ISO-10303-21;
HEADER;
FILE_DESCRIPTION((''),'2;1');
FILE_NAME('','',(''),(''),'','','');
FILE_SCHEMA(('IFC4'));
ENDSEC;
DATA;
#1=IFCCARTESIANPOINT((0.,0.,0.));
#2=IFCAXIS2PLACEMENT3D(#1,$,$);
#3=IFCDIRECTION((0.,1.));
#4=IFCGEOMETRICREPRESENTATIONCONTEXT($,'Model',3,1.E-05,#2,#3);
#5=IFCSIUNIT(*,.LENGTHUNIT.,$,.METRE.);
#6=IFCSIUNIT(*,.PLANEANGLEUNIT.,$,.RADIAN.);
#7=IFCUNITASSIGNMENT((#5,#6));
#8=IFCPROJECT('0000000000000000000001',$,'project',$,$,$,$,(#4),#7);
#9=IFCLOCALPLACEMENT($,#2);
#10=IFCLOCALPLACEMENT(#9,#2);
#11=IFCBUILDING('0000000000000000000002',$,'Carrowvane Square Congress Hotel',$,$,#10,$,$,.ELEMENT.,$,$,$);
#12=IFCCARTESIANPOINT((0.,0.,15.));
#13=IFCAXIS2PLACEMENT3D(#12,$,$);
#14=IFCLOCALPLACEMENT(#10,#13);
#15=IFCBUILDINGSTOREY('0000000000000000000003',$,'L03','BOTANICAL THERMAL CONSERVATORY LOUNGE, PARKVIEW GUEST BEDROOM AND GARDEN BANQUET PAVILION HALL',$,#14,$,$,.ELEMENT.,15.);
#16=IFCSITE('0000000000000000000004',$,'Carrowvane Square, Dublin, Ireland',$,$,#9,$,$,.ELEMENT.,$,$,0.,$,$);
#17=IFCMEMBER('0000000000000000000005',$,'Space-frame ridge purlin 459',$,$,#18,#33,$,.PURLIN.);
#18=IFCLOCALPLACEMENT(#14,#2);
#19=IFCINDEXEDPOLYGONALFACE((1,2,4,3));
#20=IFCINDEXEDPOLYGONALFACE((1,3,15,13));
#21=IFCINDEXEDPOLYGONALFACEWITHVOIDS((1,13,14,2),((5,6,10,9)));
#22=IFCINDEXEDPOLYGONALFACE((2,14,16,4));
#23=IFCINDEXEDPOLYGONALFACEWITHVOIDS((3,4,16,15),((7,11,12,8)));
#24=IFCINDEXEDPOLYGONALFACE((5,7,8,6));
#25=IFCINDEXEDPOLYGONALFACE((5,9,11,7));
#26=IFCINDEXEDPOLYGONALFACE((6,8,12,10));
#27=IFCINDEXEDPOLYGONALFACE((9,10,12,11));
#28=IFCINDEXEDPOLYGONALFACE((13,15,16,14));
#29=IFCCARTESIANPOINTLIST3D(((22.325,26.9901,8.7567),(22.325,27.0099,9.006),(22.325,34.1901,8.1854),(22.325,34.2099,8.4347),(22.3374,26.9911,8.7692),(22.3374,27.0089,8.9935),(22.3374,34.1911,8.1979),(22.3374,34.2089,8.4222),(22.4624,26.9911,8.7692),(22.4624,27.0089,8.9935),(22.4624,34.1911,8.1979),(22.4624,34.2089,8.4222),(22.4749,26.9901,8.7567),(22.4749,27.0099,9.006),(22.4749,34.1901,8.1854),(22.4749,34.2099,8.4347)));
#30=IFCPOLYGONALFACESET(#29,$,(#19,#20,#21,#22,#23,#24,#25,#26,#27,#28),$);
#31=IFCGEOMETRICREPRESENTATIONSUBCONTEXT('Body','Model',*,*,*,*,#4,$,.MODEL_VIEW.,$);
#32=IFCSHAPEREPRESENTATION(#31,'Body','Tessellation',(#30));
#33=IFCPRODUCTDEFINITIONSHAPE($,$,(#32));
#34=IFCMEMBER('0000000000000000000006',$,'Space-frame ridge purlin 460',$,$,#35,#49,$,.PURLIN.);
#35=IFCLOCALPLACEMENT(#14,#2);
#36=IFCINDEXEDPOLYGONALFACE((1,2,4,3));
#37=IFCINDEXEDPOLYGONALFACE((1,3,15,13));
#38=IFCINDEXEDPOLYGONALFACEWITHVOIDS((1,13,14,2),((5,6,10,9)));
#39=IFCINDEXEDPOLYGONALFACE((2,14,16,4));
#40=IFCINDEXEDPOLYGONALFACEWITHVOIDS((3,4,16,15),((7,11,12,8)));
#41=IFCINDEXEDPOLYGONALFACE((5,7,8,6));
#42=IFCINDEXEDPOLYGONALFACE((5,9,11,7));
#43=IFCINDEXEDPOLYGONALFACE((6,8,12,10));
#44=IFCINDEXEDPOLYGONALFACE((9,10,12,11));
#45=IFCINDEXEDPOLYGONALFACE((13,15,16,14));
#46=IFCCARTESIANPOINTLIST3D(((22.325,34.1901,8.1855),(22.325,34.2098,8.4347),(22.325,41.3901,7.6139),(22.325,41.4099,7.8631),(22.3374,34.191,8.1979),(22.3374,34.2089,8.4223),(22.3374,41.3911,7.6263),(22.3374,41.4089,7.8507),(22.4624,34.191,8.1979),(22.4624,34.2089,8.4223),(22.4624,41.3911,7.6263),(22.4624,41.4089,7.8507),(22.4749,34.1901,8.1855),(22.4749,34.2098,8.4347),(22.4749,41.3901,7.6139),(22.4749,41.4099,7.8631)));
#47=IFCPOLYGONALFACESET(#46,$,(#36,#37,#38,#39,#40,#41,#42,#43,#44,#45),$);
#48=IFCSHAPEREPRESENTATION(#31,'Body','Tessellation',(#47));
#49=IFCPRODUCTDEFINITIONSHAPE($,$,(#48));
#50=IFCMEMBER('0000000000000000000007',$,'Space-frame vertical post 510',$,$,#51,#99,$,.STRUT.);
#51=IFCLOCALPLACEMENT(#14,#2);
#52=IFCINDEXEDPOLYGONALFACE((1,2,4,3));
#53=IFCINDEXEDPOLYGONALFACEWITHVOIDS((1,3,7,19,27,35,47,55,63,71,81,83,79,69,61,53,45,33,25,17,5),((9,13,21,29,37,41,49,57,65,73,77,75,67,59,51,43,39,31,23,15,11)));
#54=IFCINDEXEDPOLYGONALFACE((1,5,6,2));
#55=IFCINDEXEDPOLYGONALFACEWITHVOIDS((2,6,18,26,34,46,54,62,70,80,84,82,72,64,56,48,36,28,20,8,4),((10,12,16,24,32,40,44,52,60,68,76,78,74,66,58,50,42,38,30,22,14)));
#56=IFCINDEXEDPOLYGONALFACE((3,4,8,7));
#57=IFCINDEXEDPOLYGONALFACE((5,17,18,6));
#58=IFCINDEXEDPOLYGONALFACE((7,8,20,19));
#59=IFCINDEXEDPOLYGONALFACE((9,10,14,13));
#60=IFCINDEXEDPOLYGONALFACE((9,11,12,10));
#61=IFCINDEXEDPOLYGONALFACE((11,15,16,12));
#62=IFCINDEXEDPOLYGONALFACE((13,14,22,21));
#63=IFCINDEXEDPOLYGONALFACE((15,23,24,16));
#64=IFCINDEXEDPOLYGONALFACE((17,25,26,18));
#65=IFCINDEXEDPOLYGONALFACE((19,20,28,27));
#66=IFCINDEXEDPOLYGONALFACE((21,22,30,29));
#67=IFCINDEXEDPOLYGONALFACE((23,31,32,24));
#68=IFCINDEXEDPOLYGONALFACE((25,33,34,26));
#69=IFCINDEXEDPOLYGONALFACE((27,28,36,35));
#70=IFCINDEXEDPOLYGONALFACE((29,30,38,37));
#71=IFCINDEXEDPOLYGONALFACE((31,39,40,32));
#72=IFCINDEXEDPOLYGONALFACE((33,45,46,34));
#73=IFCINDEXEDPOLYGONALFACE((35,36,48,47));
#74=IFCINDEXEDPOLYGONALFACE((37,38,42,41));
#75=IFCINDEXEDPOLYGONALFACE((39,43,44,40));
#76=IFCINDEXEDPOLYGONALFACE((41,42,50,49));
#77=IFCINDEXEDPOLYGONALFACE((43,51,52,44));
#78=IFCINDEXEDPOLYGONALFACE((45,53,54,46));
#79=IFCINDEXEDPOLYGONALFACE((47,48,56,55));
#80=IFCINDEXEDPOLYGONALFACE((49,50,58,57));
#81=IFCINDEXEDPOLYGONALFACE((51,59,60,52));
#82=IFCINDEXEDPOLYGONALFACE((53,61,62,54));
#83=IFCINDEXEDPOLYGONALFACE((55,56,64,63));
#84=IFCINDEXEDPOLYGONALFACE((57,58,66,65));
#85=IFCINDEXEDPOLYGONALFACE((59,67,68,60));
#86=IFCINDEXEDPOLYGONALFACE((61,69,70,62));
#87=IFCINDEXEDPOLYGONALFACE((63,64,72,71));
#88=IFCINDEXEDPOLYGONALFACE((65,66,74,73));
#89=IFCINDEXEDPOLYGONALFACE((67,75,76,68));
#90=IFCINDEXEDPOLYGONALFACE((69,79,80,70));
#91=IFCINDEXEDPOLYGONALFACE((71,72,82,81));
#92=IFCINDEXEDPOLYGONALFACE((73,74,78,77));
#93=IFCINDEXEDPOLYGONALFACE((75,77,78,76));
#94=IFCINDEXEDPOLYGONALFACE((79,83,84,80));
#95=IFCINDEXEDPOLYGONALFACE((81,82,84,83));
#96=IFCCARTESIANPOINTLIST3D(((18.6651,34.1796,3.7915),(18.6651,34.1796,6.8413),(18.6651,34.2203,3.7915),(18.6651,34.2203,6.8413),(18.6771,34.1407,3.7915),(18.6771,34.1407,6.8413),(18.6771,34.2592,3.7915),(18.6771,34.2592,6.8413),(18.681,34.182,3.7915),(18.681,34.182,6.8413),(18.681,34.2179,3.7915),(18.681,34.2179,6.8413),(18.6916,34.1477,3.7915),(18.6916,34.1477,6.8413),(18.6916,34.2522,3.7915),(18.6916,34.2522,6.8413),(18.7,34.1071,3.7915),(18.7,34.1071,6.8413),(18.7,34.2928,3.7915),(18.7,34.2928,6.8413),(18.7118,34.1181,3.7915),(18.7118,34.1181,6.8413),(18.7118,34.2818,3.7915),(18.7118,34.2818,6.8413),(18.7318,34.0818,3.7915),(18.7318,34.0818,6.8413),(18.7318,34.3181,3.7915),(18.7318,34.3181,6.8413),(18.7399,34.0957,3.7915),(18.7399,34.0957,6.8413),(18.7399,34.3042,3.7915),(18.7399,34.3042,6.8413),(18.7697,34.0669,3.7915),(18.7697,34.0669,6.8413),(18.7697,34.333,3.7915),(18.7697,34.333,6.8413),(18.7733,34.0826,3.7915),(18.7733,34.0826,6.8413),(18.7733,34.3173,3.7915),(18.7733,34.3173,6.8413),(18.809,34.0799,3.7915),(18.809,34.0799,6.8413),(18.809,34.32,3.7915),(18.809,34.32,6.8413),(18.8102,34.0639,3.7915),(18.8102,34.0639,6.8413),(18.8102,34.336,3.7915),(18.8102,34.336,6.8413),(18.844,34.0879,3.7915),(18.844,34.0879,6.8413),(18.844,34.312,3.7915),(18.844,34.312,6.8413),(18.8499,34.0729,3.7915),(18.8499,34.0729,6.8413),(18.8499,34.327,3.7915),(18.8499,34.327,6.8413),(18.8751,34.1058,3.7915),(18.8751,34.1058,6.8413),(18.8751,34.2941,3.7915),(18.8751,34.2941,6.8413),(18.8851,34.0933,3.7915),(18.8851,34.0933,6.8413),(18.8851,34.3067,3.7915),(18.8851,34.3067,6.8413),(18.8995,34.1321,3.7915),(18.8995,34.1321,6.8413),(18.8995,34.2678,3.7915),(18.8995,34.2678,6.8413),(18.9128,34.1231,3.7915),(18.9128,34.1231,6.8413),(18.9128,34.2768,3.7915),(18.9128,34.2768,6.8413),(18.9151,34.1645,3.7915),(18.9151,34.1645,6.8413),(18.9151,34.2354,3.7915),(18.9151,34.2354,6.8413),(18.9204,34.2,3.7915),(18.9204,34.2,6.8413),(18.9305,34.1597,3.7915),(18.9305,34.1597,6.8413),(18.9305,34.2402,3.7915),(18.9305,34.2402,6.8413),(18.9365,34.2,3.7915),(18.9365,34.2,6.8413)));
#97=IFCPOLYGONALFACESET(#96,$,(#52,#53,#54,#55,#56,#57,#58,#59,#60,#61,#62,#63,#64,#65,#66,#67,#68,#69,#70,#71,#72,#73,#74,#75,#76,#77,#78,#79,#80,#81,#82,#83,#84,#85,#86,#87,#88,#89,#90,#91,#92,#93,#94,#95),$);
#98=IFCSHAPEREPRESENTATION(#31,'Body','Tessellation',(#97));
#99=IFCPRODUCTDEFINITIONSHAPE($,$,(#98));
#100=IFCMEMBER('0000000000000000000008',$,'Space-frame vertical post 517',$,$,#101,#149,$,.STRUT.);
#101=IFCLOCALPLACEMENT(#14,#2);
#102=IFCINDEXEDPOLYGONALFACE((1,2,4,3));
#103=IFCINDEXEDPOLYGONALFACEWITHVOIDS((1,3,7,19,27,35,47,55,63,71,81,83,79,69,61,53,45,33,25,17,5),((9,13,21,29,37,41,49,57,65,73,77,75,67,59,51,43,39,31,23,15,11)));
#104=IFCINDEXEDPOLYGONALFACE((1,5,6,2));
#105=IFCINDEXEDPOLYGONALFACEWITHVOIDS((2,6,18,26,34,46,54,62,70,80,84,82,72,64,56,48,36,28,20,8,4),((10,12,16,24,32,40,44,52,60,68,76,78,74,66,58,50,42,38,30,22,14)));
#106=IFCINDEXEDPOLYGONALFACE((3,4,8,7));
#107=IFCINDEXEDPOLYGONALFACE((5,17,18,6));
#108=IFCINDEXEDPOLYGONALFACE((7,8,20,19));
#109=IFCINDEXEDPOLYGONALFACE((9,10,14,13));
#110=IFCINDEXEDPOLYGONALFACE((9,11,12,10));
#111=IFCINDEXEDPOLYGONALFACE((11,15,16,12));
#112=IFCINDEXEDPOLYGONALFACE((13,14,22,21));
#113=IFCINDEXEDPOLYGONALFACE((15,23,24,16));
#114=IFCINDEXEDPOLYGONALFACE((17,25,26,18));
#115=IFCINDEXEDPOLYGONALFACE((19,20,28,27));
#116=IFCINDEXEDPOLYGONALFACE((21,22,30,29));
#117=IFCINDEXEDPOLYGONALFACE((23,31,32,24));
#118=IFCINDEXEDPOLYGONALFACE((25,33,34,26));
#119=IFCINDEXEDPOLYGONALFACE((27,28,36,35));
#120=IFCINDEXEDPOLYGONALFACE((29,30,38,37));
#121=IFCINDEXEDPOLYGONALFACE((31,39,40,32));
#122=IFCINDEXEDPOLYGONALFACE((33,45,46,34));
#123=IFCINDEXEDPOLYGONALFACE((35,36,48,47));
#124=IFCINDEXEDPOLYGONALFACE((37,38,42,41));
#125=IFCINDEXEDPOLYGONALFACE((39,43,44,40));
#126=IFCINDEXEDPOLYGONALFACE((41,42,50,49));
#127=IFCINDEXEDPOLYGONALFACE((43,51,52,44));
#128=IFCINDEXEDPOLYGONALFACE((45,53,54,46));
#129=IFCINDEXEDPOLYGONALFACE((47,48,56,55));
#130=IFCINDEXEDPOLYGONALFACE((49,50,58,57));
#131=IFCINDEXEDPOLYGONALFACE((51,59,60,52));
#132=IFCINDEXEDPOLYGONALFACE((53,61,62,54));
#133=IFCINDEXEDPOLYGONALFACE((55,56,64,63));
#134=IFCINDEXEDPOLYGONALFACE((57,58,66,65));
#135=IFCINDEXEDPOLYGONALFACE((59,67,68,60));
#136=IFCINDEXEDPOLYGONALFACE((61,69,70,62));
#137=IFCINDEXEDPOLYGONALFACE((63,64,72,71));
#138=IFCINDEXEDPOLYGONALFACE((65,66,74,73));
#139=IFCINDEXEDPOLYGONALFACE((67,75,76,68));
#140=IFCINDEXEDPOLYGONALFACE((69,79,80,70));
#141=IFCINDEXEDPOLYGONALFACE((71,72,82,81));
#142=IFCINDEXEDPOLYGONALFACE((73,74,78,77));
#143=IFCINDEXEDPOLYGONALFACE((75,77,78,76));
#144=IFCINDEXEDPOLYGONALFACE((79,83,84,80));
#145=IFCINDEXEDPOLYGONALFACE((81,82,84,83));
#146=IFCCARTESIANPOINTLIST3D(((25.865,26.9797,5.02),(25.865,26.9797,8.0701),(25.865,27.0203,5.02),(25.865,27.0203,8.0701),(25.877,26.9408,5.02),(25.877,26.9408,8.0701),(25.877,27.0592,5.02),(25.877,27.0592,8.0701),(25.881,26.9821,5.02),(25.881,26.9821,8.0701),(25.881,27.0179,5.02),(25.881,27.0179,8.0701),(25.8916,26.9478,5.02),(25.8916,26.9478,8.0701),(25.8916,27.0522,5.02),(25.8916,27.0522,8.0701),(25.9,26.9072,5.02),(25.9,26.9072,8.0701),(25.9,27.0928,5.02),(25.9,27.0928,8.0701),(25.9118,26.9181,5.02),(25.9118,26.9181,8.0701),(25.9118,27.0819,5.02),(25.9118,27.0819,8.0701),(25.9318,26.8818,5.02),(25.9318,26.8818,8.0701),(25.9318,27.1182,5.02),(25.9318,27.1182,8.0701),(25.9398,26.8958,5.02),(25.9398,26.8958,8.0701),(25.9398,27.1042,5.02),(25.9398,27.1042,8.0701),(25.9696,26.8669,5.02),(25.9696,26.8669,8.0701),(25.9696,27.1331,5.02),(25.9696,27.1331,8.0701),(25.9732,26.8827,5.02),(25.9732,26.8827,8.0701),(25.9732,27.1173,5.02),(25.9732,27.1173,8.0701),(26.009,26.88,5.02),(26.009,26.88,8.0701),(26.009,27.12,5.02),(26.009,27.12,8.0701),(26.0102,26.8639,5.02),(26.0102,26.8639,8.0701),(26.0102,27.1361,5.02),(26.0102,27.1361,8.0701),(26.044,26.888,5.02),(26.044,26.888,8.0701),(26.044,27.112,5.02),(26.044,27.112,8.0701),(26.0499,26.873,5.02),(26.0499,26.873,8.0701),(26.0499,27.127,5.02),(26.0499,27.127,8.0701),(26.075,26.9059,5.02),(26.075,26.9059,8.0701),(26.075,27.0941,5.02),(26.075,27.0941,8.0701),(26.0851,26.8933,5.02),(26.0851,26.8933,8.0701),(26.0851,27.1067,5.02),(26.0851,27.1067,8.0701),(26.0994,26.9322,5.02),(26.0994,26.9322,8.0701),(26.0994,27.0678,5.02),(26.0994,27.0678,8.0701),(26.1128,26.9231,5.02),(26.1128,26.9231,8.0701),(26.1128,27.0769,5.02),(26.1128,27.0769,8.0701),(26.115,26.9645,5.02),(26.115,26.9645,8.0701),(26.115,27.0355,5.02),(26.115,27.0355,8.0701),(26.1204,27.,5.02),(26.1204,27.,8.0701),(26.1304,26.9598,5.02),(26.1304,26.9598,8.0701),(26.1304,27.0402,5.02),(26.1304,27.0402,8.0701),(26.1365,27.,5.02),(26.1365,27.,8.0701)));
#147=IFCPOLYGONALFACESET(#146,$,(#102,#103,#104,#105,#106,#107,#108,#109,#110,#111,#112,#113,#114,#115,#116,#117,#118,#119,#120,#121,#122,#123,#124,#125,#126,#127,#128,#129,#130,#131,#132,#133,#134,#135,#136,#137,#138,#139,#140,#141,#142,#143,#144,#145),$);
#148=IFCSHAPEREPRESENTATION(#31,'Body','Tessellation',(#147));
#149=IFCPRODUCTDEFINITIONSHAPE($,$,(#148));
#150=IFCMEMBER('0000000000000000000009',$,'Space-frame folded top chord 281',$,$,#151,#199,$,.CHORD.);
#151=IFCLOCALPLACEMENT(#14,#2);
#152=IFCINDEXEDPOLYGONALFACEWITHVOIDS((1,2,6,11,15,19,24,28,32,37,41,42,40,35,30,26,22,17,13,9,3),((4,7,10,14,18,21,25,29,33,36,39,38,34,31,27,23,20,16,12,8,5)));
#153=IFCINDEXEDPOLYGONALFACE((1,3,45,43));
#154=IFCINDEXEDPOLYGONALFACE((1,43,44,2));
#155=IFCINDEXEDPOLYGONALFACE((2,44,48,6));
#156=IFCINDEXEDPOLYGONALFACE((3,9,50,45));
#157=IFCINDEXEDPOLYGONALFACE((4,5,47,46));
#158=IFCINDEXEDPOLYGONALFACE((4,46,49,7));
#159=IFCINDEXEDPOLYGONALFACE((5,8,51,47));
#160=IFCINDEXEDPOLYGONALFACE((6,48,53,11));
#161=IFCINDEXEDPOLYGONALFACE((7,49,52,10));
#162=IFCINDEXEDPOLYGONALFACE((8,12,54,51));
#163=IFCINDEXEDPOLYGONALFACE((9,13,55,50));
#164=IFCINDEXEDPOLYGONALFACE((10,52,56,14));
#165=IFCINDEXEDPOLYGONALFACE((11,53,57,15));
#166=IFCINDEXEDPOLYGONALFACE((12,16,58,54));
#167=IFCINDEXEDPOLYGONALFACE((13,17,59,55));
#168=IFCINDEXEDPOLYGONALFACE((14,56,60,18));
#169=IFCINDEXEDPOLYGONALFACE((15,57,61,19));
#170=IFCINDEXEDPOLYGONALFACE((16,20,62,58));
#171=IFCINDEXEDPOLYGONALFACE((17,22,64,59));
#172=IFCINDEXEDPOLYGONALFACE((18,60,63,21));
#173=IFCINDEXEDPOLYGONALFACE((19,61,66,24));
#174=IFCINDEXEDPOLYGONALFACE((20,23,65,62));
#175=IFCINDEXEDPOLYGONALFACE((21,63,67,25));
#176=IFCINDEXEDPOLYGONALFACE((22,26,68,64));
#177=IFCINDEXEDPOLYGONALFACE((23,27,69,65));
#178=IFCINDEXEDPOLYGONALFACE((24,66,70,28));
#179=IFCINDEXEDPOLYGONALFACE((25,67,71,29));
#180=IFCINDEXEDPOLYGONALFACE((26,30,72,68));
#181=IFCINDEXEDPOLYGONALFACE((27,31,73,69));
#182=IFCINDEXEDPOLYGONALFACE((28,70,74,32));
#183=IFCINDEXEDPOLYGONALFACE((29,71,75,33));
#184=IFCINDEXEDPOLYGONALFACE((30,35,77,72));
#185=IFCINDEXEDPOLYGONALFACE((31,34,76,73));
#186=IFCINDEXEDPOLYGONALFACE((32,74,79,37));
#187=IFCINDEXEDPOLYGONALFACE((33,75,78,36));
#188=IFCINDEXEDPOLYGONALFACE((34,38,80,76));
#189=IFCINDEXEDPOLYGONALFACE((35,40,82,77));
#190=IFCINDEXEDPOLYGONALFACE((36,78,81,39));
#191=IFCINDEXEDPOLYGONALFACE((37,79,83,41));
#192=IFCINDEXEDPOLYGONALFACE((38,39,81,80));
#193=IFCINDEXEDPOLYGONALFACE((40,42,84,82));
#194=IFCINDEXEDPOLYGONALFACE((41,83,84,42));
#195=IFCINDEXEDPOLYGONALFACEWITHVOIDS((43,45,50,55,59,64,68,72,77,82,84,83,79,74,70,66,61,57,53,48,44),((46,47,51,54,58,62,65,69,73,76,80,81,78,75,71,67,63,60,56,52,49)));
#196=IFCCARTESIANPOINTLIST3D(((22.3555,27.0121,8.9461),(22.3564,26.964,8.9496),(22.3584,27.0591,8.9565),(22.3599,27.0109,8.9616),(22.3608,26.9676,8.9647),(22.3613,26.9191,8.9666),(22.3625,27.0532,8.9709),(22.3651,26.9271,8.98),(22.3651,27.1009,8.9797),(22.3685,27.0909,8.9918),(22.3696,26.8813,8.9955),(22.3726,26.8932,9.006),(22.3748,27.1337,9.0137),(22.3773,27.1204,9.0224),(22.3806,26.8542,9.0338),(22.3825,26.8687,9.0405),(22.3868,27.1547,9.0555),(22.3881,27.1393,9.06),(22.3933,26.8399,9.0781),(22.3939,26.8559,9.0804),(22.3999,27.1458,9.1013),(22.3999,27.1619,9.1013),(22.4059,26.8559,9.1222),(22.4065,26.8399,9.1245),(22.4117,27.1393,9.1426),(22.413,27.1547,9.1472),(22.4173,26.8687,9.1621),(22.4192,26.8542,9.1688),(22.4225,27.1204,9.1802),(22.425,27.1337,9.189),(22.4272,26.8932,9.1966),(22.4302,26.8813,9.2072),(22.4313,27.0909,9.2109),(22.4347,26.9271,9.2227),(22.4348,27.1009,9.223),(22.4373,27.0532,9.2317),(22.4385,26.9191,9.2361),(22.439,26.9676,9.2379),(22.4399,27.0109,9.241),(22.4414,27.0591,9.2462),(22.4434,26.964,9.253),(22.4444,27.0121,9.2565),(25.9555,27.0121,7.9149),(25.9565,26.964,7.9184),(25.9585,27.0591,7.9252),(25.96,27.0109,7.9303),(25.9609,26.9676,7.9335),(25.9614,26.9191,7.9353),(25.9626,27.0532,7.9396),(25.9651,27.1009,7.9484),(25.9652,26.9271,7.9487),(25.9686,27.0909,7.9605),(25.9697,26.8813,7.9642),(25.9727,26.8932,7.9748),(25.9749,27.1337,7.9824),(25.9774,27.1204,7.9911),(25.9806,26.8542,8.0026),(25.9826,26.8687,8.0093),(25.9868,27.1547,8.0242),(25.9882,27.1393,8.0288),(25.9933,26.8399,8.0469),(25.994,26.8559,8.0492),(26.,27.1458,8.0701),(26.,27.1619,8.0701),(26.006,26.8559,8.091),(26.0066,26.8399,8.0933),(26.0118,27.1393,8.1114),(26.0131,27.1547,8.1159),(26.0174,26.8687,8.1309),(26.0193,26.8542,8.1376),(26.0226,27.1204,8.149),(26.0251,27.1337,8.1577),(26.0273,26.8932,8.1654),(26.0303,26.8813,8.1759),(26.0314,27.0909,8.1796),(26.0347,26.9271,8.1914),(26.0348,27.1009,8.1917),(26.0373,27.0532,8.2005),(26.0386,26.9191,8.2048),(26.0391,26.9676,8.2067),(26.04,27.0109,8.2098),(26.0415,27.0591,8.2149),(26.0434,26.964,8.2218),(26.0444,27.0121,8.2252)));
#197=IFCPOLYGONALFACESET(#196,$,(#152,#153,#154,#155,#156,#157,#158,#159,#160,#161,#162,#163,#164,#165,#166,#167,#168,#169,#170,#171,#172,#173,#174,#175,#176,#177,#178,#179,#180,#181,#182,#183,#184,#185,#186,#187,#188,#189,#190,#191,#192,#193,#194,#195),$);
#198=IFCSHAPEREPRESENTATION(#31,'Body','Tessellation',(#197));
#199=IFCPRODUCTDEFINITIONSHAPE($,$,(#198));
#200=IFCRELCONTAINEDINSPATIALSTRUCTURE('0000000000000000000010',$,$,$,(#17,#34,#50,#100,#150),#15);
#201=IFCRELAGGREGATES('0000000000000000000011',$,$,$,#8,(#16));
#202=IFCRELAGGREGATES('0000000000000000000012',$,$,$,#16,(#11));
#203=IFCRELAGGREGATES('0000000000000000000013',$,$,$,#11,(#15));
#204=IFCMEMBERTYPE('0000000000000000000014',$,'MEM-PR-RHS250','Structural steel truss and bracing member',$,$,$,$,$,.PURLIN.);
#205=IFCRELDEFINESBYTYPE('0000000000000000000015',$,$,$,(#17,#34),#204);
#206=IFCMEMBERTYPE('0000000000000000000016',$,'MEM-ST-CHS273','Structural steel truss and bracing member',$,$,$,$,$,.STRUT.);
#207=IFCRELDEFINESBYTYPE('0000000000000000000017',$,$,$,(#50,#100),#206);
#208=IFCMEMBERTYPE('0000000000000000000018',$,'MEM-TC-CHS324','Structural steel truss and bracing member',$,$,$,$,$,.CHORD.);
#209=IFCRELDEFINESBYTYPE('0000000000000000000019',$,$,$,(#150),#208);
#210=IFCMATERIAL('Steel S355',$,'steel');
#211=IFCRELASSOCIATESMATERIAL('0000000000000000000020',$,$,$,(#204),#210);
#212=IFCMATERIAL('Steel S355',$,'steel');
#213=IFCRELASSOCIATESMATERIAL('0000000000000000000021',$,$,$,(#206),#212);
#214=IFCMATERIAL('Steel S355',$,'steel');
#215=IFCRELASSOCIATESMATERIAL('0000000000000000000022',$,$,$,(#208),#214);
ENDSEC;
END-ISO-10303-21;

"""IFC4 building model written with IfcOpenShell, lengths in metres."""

from ifc_helpers import new_model, si_unit, direction, frame, origin, origin_2d, place, context, subcontext, project, spatial, hollow_rectangle, hollow_circle, extrude, material, material_profile, profile_set, type_object, element, save


model = new_model("IFC4")

# Units and contexts
model_context = context("Model", 3, precision=1e-05, world=origin(), true_north=direction((0.0, 1.0)))
body_context = subcontext(model_context, "Body", "Model", "MODEL_VIEW")
ifc_project = project(units=[si_unit("LENGTHUNIT", "METRE"), si_unit("PLANEANGLEUNIT", "RADIAN")], contexts=[model_context])

# Site, building, storey
site_placement = place(None, origin())
site = spatial("IfcSite", under=ifc_project, at=site_placement, Name="Carrowvane Square, Dublin, Ireland", CompositionType="ELEMENT", RefElevation=0.0)
building_placement = place(site_placement, origin())
building = spatial("IfcBuilding", under=site, at=building_placement, Name="Carrowvane Square Congress Hotel", CompositionType="ELEMENT")
storey_placement = place(building_placement, frame((0.0, 0.0, 15.0)))
storey = spatial("IfcBuildingStorey", under=building, at=storey_placement, Name="L03", Description="BOTANICAL THERMAL CONSERVATORY LOUNGE, PARKVIEW GUEST BEDROOM AND GARDEN BANQUET PAVILION HALL", CompositionType="ELEMENT", Elevation=15.0)

# Members
ifc_material_1 = material(Name="Steel S355", Category="steel")
ifc_material_profile_1 = material_profile(ifc_material_1, hollow_rectangle(XDim=0.1499, YDim=0.25, WallThickness=0.0125, at=origin_2d()), Name="RHS 250x150x12.5")
ifc_profile_set_1 = profile_set([ifc_material_profile_1], Name="Steel S355")
member_type_1 = type_object("IfcMemberType", Name="MEM-PR-RHS250", Description="Structural steel truss and bracing member", PredefinedType="PURLIN", material=ifc_profile_set_1)
for number, where, z_axis, x_axis, name in (
    (1, (22.3999, 27.0, 8.8813), (0.0, 0.996867, -0.079098), (-1.0, 0.0, 0.0), "Space-frame ridge purlin 459"),
    (2, (22.3999, 34.2, 8.3101), (0.0, 0.996864, -0.079131), (-1.0, 0.0, 0.0), "Space-frame ridge purlin 460"),
):
    element("IfcMember", number, at=place(storey_placement, frame(where, z_axis=z_axis, x_axis=x_axis)), inside=storey, type_object=member_type_1, Name=name, PredefinedType="PURLIN", context=body_context, shape_type="SweptSolid", body=[
        extrude(hollow_rectangle(XDim=0.1499, YDim=0.25, WallThickness=0.0125, at=origin_2d()), origin(), (0.0, 0.0, 1.0), 7.2227),
    ])
ifc_material_2 = material(Name="Steel S355", Category="steel")
ifc_material_profile_2 = material_profile(ifc_material_2, hollow_circle(Radius=0.1365, WallThickness=0.0161, at=origin_2d()), Name="CHS 273.0x16")
ifc_profile_set_2 = profile_set([ifc_material_profile_2], Name="Steel S355")
member_type_2 = type_object("IfcMemberType", Name="MEM-ST-CHS273", Description="Structural steel truss and bracing member", PredefinedType="STRUT", material=ifc_profile_set_2)
member_1_placement = place(storey_placement, frame((18.8, 34.2, 3.7915), z_axis=(0.0, 0.0, 1.0), x_axis=(1.0, 0.0, 0.0)))
element("IfcMember", 3, at=member_1_placement, inside=storey, type_object=member_type_2, Name="Space-frame vertical post 510", PredefinedType="STRUT", context=body_context, shape_type="SweptSolid", body=[
    extrude(hollow_circle(Radius=0.1365, WallThickness=0.0161, at=origin_2d()), origin(), (0.0, 0.0, 1.0), 3.0498),
])
member_2_placement = place(storey_placement, frame((26.0, 27.0, 5.02), z_axis=(0.0, 0.0, 1.0), x_axis=(1.0, 0.0, 0.0)))
element("IfcMember", 4, at=member_2_placement, inside=storey, type_object=member_type_2, Name="Space-frame vertical post 517", PredefinedType="STRUT", context=body_context, shape_type="SweptSolid", body=[
    extrude(hollow_circle(Radius=0.1365, WallThickness=0.0161, at=origin_2d()), origin(), (0.0, 0.0, 1.0), 3.05),
])
ifc_material_3 = material(Name="Steel S355", Category="steel")
ifc_material_profile_3 = material_profile(ifc_material_3, hollow_circle(Radius=0.1619, WallThickness=0.0161, at=origin_2d()), Name="CHS 323.9x16")
ifc_profile_set_3 = profile_set([ifc_material_profile_3], Name="Steel S355")
member_type_3 = type_object("IfcMemberType", Name="MEM-TC-CHS324", Description="Structural steel truss and bracing member", PredefinedType="CHORD", material=ifc_profile_set_3)
member_3_placement = place(storey_placement, frame((22.3999, 27.0, 9.1013), z_axis=(0.961337, 0.0, -0.275375), x_axis=(0.0, 1.0, 0.0)))
element("IfcMember", 5, at=member_3_placement, inside=storey, type_object=member_type_3, Name="Space-frame folded top chord 281", PredefinedType="CHORD", context=body_context, shape_type="SweptSolid", body=[
    extrude(hollow_circle(Radius=0.1619, WallThickness=0.0161, at=origin_2d()), origin(), (0.0, 0.0, 1.0), 3.7449),
])

save(model, "model.ifc")
